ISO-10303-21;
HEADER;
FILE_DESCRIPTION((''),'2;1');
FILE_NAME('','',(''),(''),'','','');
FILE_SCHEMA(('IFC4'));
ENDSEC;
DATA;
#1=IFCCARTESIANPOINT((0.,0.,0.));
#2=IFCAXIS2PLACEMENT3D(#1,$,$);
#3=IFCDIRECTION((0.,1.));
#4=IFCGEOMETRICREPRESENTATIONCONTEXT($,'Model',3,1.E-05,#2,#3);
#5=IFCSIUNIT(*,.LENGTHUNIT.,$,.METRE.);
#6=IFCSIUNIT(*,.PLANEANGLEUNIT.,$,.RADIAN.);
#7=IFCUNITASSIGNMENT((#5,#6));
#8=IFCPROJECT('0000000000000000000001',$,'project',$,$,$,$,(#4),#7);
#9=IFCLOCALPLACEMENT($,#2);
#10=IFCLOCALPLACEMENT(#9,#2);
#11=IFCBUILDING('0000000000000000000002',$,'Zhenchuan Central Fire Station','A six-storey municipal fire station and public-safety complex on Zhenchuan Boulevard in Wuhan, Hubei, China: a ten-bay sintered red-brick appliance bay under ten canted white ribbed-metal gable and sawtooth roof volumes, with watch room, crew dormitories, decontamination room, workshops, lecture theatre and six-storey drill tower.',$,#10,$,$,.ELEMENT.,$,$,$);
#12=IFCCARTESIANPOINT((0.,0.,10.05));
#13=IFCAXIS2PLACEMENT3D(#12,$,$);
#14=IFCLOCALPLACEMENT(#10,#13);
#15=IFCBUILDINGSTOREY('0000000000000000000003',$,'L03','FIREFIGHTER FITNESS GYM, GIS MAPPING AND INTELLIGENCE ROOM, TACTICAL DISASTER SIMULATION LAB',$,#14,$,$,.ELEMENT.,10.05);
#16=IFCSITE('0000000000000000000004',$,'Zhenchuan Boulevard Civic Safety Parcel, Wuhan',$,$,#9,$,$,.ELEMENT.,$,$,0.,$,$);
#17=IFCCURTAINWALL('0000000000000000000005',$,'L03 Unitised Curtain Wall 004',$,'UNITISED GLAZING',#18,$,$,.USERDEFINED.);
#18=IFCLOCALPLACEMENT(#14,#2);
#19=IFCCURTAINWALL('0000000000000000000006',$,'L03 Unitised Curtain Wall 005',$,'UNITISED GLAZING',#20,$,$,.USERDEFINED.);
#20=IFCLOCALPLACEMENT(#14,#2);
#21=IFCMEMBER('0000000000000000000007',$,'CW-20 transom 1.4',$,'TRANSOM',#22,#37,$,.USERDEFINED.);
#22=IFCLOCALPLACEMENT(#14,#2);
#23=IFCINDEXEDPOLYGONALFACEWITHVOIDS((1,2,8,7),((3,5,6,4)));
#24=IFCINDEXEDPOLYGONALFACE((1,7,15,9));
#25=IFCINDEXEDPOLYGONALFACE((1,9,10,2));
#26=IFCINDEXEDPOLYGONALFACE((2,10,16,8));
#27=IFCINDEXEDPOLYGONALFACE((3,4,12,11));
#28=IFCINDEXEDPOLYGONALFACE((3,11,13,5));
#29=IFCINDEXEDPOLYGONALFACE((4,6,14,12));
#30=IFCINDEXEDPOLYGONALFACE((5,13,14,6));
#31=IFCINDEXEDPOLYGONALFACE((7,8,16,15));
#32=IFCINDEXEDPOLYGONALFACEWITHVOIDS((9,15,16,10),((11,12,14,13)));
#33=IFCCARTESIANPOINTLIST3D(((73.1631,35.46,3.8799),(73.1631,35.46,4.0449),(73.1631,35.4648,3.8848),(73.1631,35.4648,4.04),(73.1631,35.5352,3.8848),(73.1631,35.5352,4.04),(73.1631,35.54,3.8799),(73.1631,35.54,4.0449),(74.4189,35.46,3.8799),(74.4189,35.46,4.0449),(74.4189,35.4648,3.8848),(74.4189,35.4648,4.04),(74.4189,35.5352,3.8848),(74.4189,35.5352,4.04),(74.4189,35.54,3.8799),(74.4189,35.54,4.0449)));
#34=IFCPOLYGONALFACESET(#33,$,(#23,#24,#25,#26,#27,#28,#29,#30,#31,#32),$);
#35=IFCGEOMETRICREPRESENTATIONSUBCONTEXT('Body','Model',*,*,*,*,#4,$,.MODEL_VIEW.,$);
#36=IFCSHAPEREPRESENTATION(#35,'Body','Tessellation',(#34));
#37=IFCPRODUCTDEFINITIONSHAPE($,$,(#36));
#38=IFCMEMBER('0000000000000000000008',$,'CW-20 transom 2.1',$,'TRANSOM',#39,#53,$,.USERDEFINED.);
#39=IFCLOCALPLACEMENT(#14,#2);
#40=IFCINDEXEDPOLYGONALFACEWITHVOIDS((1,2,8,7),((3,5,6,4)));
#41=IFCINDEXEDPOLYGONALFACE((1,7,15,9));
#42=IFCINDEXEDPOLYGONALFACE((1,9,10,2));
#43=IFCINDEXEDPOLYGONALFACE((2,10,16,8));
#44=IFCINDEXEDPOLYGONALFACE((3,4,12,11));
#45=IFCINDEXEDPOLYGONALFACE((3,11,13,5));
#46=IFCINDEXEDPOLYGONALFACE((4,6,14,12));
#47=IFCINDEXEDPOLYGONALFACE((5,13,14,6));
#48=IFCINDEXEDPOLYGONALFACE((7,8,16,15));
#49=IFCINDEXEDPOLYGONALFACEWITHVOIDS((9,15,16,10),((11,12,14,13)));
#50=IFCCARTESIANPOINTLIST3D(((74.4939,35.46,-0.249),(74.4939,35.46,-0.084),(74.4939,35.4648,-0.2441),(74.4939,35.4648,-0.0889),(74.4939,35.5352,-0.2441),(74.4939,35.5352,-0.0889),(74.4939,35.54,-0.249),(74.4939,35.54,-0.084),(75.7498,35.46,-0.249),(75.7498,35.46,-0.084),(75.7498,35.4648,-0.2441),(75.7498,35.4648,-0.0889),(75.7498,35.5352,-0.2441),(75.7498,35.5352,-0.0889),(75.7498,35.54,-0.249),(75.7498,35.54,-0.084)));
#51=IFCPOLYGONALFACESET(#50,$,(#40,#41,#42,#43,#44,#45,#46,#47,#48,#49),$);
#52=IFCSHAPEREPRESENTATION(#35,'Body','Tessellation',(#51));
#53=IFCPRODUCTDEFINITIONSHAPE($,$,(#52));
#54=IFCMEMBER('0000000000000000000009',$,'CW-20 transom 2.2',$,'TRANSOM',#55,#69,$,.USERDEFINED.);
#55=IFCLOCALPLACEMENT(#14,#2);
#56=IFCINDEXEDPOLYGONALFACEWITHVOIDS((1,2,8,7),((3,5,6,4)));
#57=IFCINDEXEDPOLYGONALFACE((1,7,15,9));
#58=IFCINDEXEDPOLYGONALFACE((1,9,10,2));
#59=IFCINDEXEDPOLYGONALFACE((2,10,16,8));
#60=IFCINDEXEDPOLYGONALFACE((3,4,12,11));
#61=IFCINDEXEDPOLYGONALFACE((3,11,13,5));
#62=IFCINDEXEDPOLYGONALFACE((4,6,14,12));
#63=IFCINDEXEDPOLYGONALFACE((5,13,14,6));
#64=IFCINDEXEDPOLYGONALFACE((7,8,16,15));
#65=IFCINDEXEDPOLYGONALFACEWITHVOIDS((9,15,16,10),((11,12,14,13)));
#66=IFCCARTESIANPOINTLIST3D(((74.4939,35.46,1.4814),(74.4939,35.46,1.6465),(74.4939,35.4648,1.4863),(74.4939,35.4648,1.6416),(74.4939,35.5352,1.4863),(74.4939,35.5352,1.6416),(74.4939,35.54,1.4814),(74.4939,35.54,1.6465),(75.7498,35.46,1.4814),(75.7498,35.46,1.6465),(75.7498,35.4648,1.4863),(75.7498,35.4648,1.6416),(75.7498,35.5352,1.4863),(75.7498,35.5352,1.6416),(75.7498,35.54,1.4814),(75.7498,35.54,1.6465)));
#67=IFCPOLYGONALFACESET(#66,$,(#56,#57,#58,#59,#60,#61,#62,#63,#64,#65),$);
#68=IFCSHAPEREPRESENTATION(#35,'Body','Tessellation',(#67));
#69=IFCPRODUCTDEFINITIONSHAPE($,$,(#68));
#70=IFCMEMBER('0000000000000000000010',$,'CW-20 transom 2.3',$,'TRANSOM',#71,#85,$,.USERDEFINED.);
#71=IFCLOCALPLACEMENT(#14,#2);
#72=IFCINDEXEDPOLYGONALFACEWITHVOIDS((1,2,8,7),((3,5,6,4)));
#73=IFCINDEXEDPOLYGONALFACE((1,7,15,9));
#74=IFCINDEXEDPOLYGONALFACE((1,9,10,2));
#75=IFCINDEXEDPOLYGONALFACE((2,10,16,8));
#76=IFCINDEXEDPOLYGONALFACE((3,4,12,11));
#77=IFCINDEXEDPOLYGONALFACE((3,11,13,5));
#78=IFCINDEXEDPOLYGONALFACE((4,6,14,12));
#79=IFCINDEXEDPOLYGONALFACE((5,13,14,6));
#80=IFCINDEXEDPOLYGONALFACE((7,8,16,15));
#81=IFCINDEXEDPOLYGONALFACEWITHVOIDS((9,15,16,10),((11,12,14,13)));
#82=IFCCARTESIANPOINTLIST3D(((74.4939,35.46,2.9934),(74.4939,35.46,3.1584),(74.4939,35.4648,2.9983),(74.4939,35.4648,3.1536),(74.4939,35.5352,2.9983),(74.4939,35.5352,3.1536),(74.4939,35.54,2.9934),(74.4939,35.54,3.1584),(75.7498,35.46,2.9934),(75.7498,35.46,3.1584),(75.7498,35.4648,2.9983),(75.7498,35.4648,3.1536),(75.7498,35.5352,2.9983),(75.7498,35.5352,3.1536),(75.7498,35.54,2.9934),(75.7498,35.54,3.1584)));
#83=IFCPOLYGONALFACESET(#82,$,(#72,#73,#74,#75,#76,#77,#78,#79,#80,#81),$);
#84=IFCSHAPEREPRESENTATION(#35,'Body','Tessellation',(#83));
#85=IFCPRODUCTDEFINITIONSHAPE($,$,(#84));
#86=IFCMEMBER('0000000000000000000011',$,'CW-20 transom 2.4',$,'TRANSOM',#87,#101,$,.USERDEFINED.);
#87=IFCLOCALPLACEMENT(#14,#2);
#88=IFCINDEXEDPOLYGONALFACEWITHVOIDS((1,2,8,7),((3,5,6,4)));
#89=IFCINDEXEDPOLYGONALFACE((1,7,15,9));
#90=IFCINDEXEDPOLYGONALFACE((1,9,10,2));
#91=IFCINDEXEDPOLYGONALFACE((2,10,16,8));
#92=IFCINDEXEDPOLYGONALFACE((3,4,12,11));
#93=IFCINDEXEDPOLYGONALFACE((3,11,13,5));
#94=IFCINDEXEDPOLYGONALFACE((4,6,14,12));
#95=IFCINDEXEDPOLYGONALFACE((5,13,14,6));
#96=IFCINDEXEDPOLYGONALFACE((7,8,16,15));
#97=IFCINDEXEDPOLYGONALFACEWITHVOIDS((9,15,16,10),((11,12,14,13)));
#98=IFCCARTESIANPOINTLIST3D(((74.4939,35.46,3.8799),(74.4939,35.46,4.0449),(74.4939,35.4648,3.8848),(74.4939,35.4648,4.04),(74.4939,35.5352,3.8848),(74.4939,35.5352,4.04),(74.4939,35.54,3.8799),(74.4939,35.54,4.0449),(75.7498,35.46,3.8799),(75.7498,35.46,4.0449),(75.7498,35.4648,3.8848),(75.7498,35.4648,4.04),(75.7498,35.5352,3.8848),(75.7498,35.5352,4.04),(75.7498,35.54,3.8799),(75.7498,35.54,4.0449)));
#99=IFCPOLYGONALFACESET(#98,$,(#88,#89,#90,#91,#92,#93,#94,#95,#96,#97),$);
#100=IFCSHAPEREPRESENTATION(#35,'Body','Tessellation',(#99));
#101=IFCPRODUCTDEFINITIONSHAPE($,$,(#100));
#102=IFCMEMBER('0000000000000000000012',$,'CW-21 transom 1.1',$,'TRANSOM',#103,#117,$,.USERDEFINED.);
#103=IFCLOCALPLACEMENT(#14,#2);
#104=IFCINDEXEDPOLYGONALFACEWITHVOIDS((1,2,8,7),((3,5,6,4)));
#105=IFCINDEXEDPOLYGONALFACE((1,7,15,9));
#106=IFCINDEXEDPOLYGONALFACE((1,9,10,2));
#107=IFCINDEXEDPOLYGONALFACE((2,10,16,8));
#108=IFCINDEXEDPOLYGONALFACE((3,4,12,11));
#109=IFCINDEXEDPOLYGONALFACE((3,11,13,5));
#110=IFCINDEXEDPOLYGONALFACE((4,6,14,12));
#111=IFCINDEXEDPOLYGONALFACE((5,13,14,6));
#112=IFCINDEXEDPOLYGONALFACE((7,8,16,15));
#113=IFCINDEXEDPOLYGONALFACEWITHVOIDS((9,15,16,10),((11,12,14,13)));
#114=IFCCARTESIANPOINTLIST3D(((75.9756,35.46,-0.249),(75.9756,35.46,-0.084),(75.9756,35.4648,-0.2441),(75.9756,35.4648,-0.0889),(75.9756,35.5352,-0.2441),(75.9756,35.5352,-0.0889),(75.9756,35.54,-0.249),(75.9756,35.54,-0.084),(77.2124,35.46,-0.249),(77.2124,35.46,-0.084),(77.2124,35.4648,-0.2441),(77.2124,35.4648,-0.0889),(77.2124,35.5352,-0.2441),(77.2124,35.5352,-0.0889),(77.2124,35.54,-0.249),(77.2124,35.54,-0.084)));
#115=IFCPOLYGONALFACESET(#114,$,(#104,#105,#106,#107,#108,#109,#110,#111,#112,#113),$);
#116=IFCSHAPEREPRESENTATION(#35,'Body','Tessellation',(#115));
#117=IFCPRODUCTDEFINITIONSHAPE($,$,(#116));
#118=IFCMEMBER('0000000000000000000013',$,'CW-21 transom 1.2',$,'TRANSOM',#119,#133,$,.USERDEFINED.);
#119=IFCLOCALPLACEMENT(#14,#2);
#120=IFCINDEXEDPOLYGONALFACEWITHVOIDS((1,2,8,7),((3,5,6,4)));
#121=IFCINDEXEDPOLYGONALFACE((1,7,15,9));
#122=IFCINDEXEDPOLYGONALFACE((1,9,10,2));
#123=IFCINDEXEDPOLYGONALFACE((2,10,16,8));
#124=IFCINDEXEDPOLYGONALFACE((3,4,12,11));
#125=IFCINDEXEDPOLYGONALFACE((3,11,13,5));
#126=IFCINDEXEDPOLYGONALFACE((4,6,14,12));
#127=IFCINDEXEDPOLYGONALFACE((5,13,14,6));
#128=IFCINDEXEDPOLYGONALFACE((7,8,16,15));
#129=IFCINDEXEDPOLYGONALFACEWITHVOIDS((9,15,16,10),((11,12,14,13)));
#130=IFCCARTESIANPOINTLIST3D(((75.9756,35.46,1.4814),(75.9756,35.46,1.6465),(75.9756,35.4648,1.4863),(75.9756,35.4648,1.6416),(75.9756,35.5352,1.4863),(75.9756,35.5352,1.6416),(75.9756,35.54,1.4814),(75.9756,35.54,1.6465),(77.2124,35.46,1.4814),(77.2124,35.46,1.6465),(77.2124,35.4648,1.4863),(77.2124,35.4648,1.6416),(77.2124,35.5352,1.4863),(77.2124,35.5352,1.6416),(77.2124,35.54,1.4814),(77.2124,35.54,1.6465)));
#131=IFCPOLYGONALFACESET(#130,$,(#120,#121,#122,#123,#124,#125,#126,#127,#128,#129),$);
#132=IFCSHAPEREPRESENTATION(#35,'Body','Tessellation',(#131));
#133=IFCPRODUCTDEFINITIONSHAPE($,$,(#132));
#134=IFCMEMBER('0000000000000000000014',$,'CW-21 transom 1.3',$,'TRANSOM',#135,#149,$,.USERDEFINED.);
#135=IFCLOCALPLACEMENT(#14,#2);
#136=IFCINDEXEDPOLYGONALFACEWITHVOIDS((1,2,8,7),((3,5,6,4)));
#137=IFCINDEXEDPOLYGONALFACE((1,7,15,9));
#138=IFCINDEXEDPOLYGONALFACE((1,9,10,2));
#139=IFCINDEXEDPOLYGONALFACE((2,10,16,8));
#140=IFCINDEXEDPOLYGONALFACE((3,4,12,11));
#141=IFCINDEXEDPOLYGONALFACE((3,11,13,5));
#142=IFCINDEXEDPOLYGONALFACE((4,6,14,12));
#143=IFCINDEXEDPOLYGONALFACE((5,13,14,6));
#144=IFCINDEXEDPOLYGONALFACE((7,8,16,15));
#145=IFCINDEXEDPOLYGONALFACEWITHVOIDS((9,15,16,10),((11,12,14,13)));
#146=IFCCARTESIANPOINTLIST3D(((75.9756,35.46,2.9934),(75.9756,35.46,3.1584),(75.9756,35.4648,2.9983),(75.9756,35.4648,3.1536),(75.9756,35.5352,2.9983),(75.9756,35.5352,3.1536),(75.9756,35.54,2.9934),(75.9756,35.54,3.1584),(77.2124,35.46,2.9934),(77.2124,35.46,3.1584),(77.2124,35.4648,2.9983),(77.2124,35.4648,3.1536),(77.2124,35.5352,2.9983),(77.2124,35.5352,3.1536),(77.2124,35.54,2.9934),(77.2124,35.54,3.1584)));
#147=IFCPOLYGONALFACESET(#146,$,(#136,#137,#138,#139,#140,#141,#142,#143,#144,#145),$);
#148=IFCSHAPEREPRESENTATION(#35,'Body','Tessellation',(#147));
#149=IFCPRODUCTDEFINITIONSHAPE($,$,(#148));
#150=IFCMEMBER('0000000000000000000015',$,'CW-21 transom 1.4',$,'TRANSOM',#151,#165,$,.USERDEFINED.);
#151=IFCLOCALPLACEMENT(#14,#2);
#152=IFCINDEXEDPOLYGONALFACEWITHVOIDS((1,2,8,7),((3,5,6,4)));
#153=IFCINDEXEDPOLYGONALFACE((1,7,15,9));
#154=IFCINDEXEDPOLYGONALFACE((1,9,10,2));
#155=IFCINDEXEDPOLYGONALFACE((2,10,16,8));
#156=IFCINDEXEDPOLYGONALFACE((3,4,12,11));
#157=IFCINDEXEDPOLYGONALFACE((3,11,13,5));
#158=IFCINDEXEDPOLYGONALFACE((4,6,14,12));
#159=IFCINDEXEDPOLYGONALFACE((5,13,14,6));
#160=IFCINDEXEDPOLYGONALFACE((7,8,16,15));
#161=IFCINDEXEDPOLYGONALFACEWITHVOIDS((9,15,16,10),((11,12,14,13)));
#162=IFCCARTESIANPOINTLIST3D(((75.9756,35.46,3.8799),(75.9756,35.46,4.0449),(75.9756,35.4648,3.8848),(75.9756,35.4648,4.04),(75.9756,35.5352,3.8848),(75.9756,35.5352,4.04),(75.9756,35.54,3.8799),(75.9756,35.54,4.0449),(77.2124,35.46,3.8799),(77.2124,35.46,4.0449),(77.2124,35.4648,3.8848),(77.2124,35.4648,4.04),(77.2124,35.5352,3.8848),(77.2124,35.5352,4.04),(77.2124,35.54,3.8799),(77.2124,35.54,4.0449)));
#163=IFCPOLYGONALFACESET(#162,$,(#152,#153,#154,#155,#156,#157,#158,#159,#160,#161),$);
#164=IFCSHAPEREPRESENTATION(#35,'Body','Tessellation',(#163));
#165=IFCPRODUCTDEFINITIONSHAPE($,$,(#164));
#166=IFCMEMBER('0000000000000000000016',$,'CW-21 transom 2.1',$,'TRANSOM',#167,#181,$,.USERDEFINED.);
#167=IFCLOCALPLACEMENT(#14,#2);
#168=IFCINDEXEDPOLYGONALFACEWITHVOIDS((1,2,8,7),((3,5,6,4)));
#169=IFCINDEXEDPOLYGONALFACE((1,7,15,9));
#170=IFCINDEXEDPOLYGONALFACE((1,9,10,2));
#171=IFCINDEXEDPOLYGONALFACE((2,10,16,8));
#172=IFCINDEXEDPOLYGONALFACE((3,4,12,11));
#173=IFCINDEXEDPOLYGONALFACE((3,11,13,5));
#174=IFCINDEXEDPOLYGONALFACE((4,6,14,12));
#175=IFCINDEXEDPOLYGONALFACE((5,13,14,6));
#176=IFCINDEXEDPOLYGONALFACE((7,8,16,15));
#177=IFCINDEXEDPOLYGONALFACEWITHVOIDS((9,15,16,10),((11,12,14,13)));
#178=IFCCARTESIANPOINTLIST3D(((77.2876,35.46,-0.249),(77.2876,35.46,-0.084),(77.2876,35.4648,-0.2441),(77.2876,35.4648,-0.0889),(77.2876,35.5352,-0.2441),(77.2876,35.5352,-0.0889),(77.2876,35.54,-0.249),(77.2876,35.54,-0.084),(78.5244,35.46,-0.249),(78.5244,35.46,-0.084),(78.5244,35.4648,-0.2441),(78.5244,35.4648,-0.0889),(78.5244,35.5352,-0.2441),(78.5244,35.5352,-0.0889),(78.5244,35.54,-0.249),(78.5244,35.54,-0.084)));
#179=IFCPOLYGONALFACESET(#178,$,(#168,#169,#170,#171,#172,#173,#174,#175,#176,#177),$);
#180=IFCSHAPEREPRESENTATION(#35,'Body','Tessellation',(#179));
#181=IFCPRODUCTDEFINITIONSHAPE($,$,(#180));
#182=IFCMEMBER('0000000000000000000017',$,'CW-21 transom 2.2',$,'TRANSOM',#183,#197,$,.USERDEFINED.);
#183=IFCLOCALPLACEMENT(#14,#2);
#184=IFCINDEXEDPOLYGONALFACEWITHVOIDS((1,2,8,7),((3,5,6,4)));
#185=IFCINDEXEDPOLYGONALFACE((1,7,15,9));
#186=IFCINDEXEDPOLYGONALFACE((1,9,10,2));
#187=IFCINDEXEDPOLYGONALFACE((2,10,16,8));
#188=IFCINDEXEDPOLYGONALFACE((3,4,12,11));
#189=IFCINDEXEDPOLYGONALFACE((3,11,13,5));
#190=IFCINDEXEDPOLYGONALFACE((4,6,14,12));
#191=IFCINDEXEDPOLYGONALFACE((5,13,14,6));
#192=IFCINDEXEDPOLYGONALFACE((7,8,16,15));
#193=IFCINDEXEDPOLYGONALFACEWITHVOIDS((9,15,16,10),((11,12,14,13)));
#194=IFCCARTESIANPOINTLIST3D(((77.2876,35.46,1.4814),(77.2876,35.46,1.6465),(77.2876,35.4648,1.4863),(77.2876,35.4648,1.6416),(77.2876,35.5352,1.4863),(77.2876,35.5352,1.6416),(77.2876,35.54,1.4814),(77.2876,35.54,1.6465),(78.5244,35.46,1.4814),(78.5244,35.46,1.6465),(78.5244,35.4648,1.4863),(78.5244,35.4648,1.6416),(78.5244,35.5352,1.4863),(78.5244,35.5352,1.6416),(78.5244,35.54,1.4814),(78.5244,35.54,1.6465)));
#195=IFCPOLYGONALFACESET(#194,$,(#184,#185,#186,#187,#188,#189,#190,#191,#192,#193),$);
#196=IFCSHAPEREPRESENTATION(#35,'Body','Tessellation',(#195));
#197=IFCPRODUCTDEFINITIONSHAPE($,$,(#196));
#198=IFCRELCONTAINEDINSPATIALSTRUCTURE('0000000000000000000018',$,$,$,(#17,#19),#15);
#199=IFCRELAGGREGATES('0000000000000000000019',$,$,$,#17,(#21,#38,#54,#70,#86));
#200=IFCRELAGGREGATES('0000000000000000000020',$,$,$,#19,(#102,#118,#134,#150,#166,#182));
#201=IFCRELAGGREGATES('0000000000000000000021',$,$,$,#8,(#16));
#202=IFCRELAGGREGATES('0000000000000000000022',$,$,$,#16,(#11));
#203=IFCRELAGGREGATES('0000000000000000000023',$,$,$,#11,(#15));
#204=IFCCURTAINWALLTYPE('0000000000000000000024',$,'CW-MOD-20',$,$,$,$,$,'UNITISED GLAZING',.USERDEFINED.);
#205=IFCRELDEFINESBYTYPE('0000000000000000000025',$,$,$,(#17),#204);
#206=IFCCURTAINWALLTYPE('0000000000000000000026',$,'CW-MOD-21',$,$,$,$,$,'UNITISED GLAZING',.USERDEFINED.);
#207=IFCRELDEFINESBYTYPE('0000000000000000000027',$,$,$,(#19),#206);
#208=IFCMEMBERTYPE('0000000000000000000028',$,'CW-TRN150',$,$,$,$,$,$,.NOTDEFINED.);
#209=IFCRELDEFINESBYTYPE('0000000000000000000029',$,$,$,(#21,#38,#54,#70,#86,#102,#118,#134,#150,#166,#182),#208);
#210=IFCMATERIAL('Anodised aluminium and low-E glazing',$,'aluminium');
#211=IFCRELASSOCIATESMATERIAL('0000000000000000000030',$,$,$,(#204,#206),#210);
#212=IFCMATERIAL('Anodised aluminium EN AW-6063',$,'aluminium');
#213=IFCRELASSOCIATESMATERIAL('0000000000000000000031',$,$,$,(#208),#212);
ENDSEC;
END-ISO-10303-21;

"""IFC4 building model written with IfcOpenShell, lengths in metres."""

from ifc_helpers import new_model, si_unit, direction, frame, origin, origin_2d, place, context, subcontext, project, spatial, hollow_rectangle, extrude, material, material_profile, profile_set, type_object, element, aggregate, save


model = new_model("IFC4")

# Units and contexts
model_context = context("Model", 3, precision=1e-05, world=origin(), true_north=direction((0.0, 1.0)))
body_context = subcontext(model_context, "Body", "Model", "MODEL_VIEW")
ifc_project = project(units=[si_unit("LENGTHUNIT", "METRE"), si_unit("PLANEANGLEUNIT", "RADIAN")], contexts=[model_context])

# Site, building, storey
site_placement = place(None, origin())
site = spatial("IfcSite", under=ifc_project, at=site_placement, Name="Zhenchuan Boulevard Civic Safety Parcel, Wuhan", CompositionType="ELEMENT", RefElevation=0.0)
building_placement = place(site_placement, origin())
building = spatial("IfcBuilding", under=site, at=building_placement, Name="Zhenchuan Central Fire Station", Description="A six-storey municipal fire station and public-safety complex on Zhenchuan Boulevard in Wuhan, Hubei, China: a ten-bay sintered red-brick appliance bay under ten canted white ribbed-metal gable and sawtooth roof volumes, with watch room, crew dormitories, decontamination room, workshops, lecture theatre and six-storey drill tower.", CompositionType="ELEMENT")
storey_placement = place(building_placement, frame((0.0, 0.0, 10.05)))
storey = spatial("IfcBuildingStorey", under=building, at=storey_placement, Name="L03", Description="FIREFIGHTER FITNESS GYM, GIS MAPPING AND INTELLIGENCE ROOM, TACTICAL DISASTER SIMULATION LAB", CompositionType="ELEMENT", Elevation=10.05)

# Curtain walls
ifc_material_1 = material(Name="Anodised aluminium and low-E glazing", Category="aluminium")
curtain_wall_type_1 = type_object("IfcCurtainWallType", Name="CW-MOD-20", ElementType="UNITISED GLAZING", PredefinedType="USERDEFINED", material=ifc_material_1)
curtain_wall_1_placement = place(storey_placement, origin())
curtain_wall_1 = element("IfcCurtainWall", 1, at=curtain_wall_1_placement, inside=storey, type_object=curtain_wall_type_1, Name="L03 Unitised Curtain Wall 004", ObjectType="UNITISED GLAZING", PredefinedType="USERDEFINED")
ifc_material_2 = material(Name="Anodised aluminium EN AW-6063", Category="aluminium")
curtain_wall_type_2 = type_object("IfcCurtainWallType", Name="CW-MOD-21", ElementType="UNITISED GLAZING", PredefinedType="USERDEFINED", material=ifc_material_1)
curtain_wall_2_placement = place(storey_placement, origin())
curtain_wall_2 = element("IfcCurtainWall", 2, at=curtain_wall_2_placement, inside=storey, type_object=curtain_wall_type_2, Name="L03 Unitised Curtain Wall 005", ObjectType="UNITISED GLAZING", PredefinedType="USERDEFINED")

# Members
ifc_material_profile_1 = material_profile(ifc_material_2, hollow_rectangle(XDim=0.0801, YDim=0.165, WallThickness=0.0049, at=origin_2d()), Name="ALU-T 165x80")
ifc_profile_set_1 = profile_set([ifc_material_profile_1], Name="Anodised aluminium EN AW-6063")
member_type_1 = type_object("IfcMemberType", Name="CW-TRN150", PredefinedType="NOTDEFINED", material=ifc_profile_set_1)
member_1_placement = place(storey_placement, frame((73.1631, 35.5, 3.9624), z_axis=(1.0, 0.0, 0.0), x_axis=(0.0, 1.0, 0.0)))
member_1 = element("IfcMember", 3, at=member_1_placement, type_object=member_type_1, Name="CW-20 transom 1.4", ObjectType="TRANSOM", PredefinedType="USERDEFINED", context=body_context, shape_type="SweptSolid", body=[
    extrude(hollow_rectangle(XDim=0.0801, YDim=0.165, WallThickness=0.0049, at=origin_2d()), origin(), (0.0, 0.0, 1.0), 1.2559),
])
member_2_placement = place(storey_placement, frame((74.4939, 35.5, -0.1665), z_axis=(1.0, 0.0, 0.0), x_axis=(0.0, 1.0, 0.0)))
member_2 = element("IfcMember", 4, at=member_2_placement, type_object=member_type_1, Name="CW-20 transom 2.1", ObjectType="TRANSOM", PredefinedType="USERDEFINED", context=body_context, shape_type="SweptSolid", body=[
    extrude(hollow_rectangle(XDim=0.0801, YDim=0.165, WallThickness=0.0049, at=origin_2d()), origin(), (0.0, 0.0, 1.0), 1.2559),
])
member_3_placement = place(storey_placement, frame((74.4939, 35.5, 1.564), z_axis=(1.0, 0.0, 0.0), x_axis=(0.0, 1.0, 0.0)))
member_3 = element("IfcMember", 5, at=member_3_placement, type_object=member_type_1, Name="CW-20 transom 2.2", ObjectType="TRANSOM", PredefinedType="USERDEFINED", context=body_context, shape_type="SweptSolid", body=[
    extrude(hollow_rectangle(XDim=0.0801, YDim=0.165, WallThickness=0.0049, at=origin_2d()), origin(), (0.0, 0.0, 1.0), 1.2559),
])
member_4_placement = place(storey_placement, frame((74.4939, 35.5, 3.0759), z_axis=(1.0, 0.0, 0.0), x_axis=(0.0, 1.0, 0.0)))
member_4 = element("IfcMember", 6, at=member_4_placement, type_object=member_type_1, Name="CW-20 transom 2.3", ObjectType="TRANSOM", PredefinedType="USERDEFINED", context=body_context, shape_type="SweptSolid", body=[
    extrude(hollow_rectangle(XDim=0.0801, YDim=0.165, WallThickness=0.0049, at=origin_2d()), origin(), (0.0, 0.0, 1.0), 1.2559),
])
member_5_placement = place(storey_placement, frame((74.4939, 35.5, 3.9624), z_axis=(1.0, 0.0, 0.0), x_axis=(0.0, 1.0, 0.0)))
member_5 = element("IfcMember", 7, at=member_5_placement, type_object=member_type_1, Name="CW-20 transom 2.4", ObjectType="TRANSOM", PredefinedType="USERDEFINED", context=body_context, shape_type="SweptSolid", body=[
    extrude(hollow_rectangle(XDim=0.0801, YDim=0.165, WallThickness=0.0049, at=origin_2d()), origin(), (0.0, 0.0, 1.0), 1.2559),
])
member_6_placement = place(storey_placement, frame((75.9756, 35.5, -0.1665), z_axis=(1.0, 0.0, 0.0), x_axis=(0.0, 1.0, 0.0)))
member_6 = element("IfcMember", 8, at=member_6_placement, type_object=member_type_1, Name="CW-21 transom 1.1", ObjectType="TRANSOM", PredefinedType="USERDEFINED", context=body_context, shape_type="SweptSolid", body=[
    extrude(hollow_rectangle(XDim=0.0801, YDim=0.165, WallThickness=0.0049, at=origin_2d()), origin(), (0.0, 0.0, 1.0), 1.2368),
])
member_7_placement = place(storey_placement, frame((75.9756, 35.5, 1.564), z_axis=(1.0, 0.0, 0.0), x_axis=(0.0, 1.0, 0.0)))
member_7 = element("IfcMember", 9, at=member_7_placement, type_object=member_type_1, Name="CW-21 transom 1.2", ObjectType="TRANSOM", PredefinedType="USERDEFINED", context=body_context, shape_type="SweptSolid", body=[
    extrude(hollow_rectangle(XDim=0.0801, YDim=0.165, WallThickness=0.0049, at=origin_2d()), origin(), (0.0, 0.0, 1.0), 1.2368),
])
member_8_placement = place(storey_placement, frame((75.9756, 35.5, 3.0759), z_axis=(1.0, 0.0, 0.0), x_axis=(0.0, 1.0, 0.0)))
member_8 = element("IfcMember", 10, at=member_8_placement, type_object=member_type_1, Name="CW-21 transom 1.3", ObjectType="TRANSOM", PredefinedType="USERDEFINED", context=body_context, shape_type="SweptSolid", body=[
    extrude(hollow_rectangle(XDim=0.0801, YDim=0.165, WallThickness=0.0049, at=origin_2d()), origin(), (0.0, 0.0, 1.0), 1.2368),
])
member_9_placement = place(storey_placement, frame((75.9756, 35.5, 3.9624), z_axis=(1.0, 0.0, 0.0), x_axis=(0.0, 1.0, 0.0)))
member_9 = element("IfcMember", 11, at=member_9_placement, type_object=member_type_1, Name="CW-21 transom 1.4", ObjectType="TRANSOM", PredefinedType="USERDEFINED", context=body_context, shape_type="SweptSolid", body=[
    extrude(hollow_rectangle(XDim=0.0801, YDim=0.165, WallThickness=0.0049, at=origin_2d()), origin(), (0.0, 0.0, 1.0), 1.2368),
])
member_10_placement = place(storey_placement, frame((77.2876, 35.5, -0.1665), z_axis=(1.0, 0.0, 0.0), x_axis=(0.0, 1.0, 0.0)))
member_10 = element("IfcMember", 12, at=member_10_placement, type_object=member_type_1, Name="CW-21 transom 2.1", ObjectType="TRANSOM", PredefinedType="USERDEFINED", context=body_context, shape_type="SweptSolid", body=[
    extrude(hollow_rectangle(XDim=0.0801, YDim=0.165, WallThickness=0.0049, at=origin_2d()), origin(), (0.0, 0.0, 1.0), 1.2368),
])
member_11_placement = place(storey_placement, frame((77.2876, 35.5, 1.564), z_axis=(1.0, 0.0, 0.0), x_axis=(0.0, 1.0, 0.0)))
member_11 = element("IfcMember", 13, at=member_11_placement, type_object=member_type_1, Name="CW-21 transom 2.2", ObjectType="TRANSOM", PredefinedType="USERDEFINED", context=body_context, shape_type="SweptSolid", body=[
    extrude(hollow_rectangle(XDim=0.0801, YDim=0.165, WallThickness=0.0049, at=origin_2d()), origin(), (0.0, 0.0, 1.0), 1.2368),
])

aggregate(curtain_wall_1, [member_1, member_2, member_3, member_4, member_5])
aggregate(curtain_wall_2, [member_6, member_7, member_8, member_9, member_10, member_11])

save(model, "model.ifc")
